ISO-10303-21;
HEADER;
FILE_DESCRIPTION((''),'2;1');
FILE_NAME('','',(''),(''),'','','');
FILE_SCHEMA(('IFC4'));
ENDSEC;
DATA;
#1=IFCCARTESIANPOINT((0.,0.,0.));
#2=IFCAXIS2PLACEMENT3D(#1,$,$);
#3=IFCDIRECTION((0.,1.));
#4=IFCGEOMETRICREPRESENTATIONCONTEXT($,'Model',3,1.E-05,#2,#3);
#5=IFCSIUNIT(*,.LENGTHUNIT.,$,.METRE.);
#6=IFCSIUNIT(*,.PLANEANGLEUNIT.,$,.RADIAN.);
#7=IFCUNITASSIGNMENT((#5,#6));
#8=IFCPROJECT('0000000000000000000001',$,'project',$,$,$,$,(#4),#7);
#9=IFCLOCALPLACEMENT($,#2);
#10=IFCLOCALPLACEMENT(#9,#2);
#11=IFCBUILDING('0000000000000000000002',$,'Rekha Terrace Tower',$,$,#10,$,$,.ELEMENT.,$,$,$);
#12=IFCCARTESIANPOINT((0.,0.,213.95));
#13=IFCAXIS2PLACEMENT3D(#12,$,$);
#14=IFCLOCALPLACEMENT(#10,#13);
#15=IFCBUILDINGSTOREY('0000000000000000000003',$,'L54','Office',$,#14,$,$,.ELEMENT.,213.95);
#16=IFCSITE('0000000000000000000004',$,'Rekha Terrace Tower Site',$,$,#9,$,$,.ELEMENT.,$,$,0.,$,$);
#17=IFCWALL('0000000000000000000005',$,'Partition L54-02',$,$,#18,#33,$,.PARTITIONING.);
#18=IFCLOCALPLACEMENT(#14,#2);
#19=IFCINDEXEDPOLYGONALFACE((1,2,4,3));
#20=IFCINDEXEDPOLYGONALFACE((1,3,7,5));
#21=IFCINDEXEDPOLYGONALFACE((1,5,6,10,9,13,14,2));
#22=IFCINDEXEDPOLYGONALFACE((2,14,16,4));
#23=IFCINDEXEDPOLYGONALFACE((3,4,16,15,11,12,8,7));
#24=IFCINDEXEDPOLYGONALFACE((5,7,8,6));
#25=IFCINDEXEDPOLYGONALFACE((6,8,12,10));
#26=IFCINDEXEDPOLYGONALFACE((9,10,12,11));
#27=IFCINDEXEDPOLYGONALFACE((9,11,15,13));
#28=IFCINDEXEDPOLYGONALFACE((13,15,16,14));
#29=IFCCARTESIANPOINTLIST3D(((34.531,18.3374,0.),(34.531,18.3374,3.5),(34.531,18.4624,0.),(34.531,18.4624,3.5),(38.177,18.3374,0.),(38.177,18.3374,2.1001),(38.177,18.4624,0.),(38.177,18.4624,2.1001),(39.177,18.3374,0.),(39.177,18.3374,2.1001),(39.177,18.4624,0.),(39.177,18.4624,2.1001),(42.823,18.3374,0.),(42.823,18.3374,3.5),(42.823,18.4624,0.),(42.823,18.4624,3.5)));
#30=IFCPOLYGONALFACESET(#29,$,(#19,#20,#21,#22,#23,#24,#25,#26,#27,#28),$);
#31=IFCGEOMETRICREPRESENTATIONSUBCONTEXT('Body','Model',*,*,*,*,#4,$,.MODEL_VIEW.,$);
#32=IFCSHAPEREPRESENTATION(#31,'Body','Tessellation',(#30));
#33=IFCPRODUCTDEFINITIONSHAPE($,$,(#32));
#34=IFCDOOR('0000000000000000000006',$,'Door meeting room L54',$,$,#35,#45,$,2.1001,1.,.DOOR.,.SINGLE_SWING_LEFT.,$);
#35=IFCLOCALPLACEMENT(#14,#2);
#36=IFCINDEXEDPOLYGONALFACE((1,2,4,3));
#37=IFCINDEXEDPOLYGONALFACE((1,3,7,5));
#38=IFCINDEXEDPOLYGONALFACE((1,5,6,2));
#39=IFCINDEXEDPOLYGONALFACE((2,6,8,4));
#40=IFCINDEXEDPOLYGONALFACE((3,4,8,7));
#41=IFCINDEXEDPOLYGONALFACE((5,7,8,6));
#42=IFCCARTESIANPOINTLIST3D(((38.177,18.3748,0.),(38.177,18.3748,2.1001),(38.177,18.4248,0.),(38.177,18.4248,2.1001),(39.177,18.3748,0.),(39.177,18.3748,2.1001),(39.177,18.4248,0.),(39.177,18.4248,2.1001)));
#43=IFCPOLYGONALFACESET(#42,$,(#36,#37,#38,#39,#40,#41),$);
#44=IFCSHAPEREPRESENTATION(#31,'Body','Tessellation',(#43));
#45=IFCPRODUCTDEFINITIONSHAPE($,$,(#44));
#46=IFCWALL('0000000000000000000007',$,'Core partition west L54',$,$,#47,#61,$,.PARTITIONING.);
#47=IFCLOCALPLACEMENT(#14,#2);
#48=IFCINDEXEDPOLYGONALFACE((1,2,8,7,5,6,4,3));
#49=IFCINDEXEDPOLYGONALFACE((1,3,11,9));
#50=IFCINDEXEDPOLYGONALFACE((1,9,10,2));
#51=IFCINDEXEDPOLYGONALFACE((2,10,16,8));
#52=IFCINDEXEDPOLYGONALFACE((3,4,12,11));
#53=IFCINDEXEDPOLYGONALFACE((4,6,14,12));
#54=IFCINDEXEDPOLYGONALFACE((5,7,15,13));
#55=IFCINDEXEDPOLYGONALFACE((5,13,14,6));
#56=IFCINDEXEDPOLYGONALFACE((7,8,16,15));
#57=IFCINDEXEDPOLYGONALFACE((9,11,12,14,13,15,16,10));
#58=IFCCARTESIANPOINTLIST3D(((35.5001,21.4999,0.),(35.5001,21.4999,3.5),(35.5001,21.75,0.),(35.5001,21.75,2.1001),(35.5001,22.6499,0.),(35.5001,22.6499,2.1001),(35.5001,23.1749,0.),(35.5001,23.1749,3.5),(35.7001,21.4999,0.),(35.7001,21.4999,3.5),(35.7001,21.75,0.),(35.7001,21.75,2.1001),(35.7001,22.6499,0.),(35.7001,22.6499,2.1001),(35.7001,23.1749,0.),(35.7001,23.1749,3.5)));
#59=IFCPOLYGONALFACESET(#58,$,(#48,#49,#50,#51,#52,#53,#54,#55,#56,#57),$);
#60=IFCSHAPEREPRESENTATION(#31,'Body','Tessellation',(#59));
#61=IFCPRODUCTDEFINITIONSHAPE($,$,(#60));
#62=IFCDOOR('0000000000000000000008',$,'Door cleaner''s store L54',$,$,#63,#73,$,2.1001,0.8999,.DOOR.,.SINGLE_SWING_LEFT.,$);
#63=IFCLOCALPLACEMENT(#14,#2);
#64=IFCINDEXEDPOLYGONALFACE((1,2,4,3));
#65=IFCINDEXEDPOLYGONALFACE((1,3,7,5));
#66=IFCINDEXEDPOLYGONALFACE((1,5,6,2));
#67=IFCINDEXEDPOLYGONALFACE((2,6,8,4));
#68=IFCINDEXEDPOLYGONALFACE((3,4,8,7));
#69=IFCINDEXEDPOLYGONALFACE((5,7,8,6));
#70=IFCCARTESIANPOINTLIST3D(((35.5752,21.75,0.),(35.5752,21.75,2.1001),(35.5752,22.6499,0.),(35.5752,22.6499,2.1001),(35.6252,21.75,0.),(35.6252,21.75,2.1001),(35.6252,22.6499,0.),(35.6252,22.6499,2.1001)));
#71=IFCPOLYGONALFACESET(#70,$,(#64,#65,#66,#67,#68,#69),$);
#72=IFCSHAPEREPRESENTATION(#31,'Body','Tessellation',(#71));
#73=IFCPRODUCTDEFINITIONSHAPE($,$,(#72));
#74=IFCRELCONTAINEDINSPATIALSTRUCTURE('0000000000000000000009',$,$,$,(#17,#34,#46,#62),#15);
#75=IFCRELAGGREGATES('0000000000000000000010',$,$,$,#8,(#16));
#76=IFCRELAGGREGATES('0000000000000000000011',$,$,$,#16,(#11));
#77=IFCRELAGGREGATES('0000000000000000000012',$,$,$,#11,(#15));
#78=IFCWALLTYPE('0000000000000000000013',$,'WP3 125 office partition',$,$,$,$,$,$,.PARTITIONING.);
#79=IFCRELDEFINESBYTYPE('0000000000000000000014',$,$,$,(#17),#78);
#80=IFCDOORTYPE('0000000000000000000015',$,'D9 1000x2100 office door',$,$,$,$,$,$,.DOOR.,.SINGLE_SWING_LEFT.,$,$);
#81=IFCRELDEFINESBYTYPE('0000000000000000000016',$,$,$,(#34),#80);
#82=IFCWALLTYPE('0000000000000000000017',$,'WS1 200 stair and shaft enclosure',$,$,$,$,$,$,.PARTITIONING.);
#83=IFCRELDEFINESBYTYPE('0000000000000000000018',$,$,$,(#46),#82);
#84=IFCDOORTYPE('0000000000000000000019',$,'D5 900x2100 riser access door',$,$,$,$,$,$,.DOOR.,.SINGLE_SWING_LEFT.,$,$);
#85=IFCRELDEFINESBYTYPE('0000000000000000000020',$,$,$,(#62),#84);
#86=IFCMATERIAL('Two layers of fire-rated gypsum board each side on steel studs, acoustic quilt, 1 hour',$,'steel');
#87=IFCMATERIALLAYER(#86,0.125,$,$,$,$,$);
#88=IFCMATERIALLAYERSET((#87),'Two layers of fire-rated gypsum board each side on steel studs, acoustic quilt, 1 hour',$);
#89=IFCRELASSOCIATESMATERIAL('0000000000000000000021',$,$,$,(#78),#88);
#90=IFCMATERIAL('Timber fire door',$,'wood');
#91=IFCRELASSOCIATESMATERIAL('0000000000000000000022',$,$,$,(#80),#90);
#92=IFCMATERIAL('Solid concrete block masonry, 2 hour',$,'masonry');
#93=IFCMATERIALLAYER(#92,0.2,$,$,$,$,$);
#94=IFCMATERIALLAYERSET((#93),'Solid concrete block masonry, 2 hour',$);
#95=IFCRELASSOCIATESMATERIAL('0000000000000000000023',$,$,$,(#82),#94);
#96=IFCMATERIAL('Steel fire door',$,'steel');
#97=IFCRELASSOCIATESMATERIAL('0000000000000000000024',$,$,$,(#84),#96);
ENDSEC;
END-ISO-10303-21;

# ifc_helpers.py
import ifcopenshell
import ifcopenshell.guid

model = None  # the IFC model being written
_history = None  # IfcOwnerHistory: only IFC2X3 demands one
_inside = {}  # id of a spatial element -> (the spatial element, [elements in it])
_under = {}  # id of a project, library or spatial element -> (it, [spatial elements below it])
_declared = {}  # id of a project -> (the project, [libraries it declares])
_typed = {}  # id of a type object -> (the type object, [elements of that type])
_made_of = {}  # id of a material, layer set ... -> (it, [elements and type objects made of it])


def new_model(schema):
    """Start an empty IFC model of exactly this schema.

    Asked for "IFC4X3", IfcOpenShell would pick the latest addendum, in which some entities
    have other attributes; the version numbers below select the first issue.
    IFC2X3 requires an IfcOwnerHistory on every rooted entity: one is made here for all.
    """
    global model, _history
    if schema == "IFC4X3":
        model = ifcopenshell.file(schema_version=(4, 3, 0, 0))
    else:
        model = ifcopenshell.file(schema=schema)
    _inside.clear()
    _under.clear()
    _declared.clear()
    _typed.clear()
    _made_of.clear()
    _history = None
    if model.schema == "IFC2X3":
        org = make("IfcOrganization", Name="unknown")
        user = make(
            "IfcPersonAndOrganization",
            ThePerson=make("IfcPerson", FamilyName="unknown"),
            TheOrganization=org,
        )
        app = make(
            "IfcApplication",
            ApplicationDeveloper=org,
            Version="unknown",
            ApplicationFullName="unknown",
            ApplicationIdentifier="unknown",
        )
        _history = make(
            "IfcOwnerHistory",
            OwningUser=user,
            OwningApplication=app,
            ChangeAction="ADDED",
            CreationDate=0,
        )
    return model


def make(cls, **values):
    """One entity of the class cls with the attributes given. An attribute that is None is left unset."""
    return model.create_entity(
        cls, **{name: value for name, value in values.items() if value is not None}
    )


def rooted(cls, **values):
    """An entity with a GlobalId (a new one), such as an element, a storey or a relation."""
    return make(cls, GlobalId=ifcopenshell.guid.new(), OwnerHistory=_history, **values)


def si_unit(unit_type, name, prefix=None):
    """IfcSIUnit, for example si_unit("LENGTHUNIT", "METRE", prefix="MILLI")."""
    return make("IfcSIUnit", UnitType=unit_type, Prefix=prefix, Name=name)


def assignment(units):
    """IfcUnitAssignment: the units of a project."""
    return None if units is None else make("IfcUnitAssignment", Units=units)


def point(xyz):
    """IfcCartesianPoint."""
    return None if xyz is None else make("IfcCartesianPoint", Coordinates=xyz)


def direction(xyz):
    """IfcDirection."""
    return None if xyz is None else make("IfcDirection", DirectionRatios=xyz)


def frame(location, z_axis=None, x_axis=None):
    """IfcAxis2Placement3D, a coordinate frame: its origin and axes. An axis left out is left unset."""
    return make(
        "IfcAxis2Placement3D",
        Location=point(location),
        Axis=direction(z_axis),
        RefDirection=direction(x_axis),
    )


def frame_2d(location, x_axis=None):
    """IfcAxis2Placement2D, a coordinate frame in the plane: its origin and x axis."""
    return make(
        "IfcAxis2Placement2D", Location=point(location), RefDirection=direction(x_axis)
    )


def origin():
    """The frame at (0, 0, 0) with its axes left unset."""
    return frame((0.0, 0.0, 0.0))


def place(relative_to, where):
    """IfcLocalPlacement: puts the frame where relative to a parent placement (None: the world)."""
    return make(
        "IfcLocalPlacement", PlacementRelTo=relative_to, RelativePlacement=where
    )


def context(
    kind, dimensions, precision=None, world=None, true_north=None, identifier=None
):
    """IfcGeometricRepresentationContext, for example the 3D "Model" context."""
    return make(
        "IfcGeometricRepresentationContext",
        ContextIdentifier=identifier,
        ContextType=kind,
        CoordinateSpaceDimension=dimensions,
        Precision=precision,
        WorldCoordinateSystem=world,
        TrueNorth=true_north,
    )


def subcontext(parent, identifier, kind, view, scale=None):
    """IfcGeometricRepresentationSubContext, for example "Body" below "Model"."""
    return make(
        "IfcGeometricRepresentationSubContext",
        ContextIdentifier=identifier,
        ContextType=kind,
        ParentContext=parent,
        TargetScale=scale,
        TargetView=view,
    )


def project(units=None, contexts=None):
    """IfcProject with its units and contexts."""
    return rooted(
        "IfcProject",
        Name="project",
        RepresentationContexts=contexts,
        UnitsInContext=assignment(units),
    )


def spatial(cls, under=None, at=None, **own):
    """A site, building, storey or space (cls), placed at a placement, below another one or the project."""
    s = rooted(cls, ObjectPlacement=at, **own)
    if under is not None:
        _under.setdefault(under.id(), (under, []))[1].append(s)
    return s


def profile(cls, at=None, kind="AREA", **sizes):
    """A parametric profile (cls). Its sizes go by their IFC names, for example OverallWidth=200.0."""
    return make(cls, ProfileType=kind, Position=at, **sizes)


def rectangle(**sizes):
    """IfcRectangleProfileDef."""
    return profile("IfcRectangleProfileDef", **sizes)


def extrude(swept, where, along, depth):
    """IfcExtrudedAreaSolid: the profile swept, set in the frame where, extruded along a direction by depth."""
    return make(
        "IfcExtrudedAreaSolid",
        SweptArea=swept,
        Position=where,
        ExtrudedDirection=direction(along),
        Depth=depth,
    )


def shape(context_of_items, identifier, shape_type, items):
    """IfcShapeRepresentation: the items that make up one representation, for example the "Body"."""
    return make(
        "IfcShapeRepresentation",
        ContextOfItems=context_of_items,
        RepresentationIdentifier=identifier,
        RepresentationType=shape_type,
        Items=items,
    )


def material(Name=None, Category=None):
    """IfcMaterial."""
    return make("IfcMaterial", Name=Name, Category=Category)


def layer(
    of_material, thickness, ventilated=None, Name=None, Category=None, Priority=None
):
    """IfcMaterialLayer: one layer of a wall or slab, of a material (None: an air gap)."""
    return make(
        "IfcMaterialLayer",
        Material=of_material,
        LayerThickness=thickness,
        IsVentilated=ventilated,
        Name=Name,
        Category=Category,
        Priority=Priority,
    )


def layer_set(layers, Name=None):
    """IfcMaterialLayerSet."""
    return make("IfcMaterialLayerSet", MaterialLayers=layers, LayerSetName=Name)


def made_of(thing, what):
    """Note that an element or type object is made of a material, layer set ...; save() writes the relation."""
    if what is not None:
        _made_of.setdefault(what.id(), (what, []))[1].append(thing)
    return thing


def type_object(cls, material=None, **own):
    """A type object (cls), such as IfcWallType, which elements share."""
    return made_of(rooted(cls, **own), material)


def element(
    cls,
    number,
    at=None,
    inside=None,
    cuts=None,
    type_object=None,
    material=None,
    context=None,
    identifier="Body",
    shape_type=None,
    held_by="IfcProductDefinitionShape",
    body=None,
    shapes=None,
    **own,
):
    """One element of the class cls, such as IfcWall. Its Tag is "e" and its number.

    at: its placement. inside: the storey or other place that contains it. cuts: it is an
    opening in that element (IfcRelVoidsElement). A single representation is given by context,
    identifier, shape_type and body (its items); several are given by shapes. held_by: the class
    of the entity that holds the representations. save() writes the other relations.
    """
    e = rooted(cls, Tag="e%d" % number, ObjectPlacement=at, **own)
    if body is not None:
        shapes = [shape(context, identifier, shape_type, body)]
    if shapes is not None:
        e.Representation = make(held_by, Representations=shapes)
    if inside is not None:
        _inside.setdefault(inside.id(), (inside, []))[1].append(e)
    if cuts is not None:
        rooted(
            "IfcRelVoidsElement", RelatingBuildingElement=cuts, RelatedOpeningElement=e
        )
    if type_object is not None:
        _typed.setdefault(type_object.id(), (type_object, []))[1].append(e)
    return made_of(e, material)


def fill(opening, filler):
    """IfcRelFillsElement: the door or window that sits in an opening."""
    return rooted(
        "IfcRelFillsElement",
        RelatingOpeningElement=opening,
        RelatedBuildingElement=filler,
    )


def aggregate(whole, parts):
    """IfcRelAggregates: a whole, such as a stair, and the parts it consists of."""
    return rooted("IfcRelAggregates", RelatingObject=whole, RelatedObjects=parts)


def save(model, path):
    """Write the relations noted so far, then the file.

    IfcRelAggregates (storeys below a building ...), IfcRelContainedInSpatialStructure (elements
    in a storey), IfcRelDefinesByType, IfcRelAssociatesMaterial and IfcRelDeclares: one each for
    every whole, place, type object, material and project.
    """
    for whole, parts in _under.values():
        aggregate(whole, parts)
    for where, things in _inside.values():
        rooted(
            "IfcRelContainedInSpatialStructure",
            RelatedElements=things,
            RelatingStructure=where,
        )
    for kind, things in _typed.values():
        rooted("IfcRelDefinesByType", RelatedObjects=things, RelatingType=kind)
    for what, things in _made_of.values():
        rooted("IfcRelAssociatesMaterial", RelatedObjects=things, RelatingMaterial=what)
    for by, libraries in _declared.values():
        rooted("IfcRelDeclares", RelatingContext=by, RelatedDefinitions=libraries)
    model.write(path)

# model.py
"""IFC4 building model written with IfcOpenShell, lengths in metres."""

from ifc_helpers import new_model, si_unit, direction, frame, frame_2d, origin, place, context, subcontext, project, spatial, rectangle, extrude, material, layer, layer_set, type_object, element, fill, save


model = new_model("IFC4")

# Units and contexts
model_context = context("Model", 3, precision=1e-05, world=origin(), true_north=direction((0.0, 1.0)))
body_context = subcontext(model_context, "Body", "Model", "MODEL_VIEW")
ifc_project = project(units=[si_unit("LENGTHUNIT", "METRE"), si_unit("PLANEANGLEUNIT", "RADIAN")], contexts=[model_context])

# Site, building, storey
site_placement = place(None, origin())
site = spatial("IfcSite", under=ifc_project, at=site_placement, Name="Rekha Terrace Tower Site", CompositionType="ELEMENT", RefElevation=0.0)
building_placement = place(site_placement, origin())
building = spatial("IfcBuilding", under=site, at=building_placement, Name="Rekha Terrace Tower", CompositionType="ELEMENT")
storey_placement = place(building_placement, frame((0.0, 0.0, 213.95)))
storey = spatial("IfcBuildingStorey", under=building, at=storey_placement, Name="L54", Description="Office", CompositionType="ELEMENT", Elevation=213.95)

# Shared definitions
ifc_material_1 = material(Name="Two layers of fire-rated gypsum board each side on steel studs, acoustic quilt, 1 hour", Category="steel")
ifc_layer_1 = layer(ifc_material_1, 0.125)
ifc_layer_set_1 = layer_set([ifc_layer_1], Name="Two layers of fire-rated gypsum board each side on steel studs, acoustic quilt, 1 hour")
wall_type_1 = type_object("IfcWallType", Name="WP3 125 office partition", PredefinedType="PARTITIONING", material=ifc_layer_set_1)

# Walls, openings, doors
wall_1_placement = place(storey_placement, frame((34.531, 18.3999, 0.0), z_axis=(0.0, 0.0, 1.0), x_axis=(1.0, 0.0, 0.0)))
wall_1 = element("IfcWall", 1, at=wall_1_placement, inside=storey, type_object=wall_type_1, Name="Partition L54-02", PredefinedType="PARTITIONING", context=body_context, shape_type="SweptSolid", body=[
    extrude(rectangle(XDim=8.292, YDim=0.125, at=frame_2d((4.146, 0.0))), origin(), (0.0, 0.0, 1.0), 3.5),
])
opening_1_placement = place(wall_1_placement, frame((3.646, 0.0, 0.0)))
opening_1 = element("IfcOpeningElement", 2, at=opening_1_placement, cuts=wall_1, PredefinedType="OPENING", context=body_context, shape_type="SweptSolid", body=[
    extrude(rectangle(XDim=1.0, YDim=2.1001, at=frame_2d((0.5, 1.05))), frame((0.0, 0.0725, 0.0), z_axis=(0.0, -1.0, 0.0), x_axis=(1.0, 0.0, 0.0)), (0.0, 0.0, 1.0), 0.145),
])
ifc_material_2 = material(Name="Timber fire door", Category="wood")
door_type_1 = type_object("IfcDoorType", Name="D9 1000x2100 office door", OperationType="SINGLE_SWING_LEFT", PredefinedType="DOOR", material=ifc_material_2)
door_1_placement = place(opening_1_placement, origin())
door_1 = element("IfcDoor", 3, at=door_1_placement, inside=storey, type_object=door_type_1, Name="Door meeting room L54", OperationType="SINGLE_SWING_LEFT", OverallHeight=2.1001, OverallWidth=1.0, PredefinedType="DOOR", context=body_context, shape_type="SweptSolid", body=[
    extrude(rectangle(XDim=1.0, YDim=2.1001, at=frame_2d((0.5, 1.05))), frame((0.0, 0.0249, 0.0), z_axis=(0.0, -1.0, 0.0), x_axis=(1.0, 0.0, 0.0)), (0.0, 0.0, 1.0), 0.05),
])
fill(opening_1, door_1)
ifc_material_3 = material(Name="Solid concrete block masonry, 2 hour", Category="masonry")
ifc_layer_2 = layer(ifc_material_3, 0.2)
ifc_layer_set_2 = layer_set([ifc_layer_2], Name="Solid concrete block masonry, 2 hour")
wall_type_2 = type_object("IfcWallType", Name="WS1 200 stair and shaft enclosure", PredefinedType="PARTITIONING", material=ifc_layer_set_2)
wall_2_placement = place(storey_placement, frame((35.6001, 21.5, 0.0), z_axis=(0.0, 0.0, 1.0), x_axis=(0.0, 1.0, 0.0)))
wall_2 = element("IfcWall", 4, at=wall_2_placement, inside=storey, type_object=wall_type_2, Name="Core partition west L54", PredefinedType="PARTITIONING", context=body_context, shape_type="SweptSolid", body=[
    extrude(rectangle(XDim=1.675, YDim=0.2, at=frame_2d((0.8374, 0.0))), origin(), (0.0, 0.0, 1.0), 3.5),
])
opening_2_placement = place(wall_2_placement, frame((0.25, 0.0, 0.0)))
opening_2 = element("IfcOpeningElement", 5, at=opening_2_placement, cuts=wall_2, PredefinedType="OPENING", context=body_context, shape_type="SweptSolid", body=[
    extrude(rectangle(XDim=0.8999, YDim=2.1001, at=frame_2d((0.45, 1.05))), frame((0.0, 0.1099, 0.0), z_axis=(0.0, -1.0, 0.0), x_axis=(1.0, 0.0, 0.0)), (0.0, 0.0, 1.0), 0.22),
])
ifc_material_4 = material(Name="Steel fire door", Category="steel")
door_type_2 = type_object("IfcDoorType", Name="D5 900x2100 riser access door", OperationType="SINGLE_SWING_LEFT", PredefinedType="DOOR", material=ifc_material_4)
door_2_placement = place(opening_2_placement, origin())
door_2 = element("IfcDoor", 6, at=door_2_placement, inside=storey, type_object=door_type_2, Name="Door cleaner's store L54", OperationType="SINGLE_SWING_LEFT", OverallHeight=2.1001, OverallWidth=0.8999, PredefinedType="DOOR", context=body_context, shape_type="SweptSolid", body=[
    extrude(rectangle(XDim=0.8999, YDim=2.1001, at=frame_2d((0.45, 1.05))), frame((0.0, 0.0249, 0.0), z_axis=(0.0, -1.0, 0.0), x_axis=(1.0, 0.0, 0.0)), (0.0, 0.0, 1.0), 0.05),
])
fill(opening_2, door_2)

save(model, "model.ifc")
